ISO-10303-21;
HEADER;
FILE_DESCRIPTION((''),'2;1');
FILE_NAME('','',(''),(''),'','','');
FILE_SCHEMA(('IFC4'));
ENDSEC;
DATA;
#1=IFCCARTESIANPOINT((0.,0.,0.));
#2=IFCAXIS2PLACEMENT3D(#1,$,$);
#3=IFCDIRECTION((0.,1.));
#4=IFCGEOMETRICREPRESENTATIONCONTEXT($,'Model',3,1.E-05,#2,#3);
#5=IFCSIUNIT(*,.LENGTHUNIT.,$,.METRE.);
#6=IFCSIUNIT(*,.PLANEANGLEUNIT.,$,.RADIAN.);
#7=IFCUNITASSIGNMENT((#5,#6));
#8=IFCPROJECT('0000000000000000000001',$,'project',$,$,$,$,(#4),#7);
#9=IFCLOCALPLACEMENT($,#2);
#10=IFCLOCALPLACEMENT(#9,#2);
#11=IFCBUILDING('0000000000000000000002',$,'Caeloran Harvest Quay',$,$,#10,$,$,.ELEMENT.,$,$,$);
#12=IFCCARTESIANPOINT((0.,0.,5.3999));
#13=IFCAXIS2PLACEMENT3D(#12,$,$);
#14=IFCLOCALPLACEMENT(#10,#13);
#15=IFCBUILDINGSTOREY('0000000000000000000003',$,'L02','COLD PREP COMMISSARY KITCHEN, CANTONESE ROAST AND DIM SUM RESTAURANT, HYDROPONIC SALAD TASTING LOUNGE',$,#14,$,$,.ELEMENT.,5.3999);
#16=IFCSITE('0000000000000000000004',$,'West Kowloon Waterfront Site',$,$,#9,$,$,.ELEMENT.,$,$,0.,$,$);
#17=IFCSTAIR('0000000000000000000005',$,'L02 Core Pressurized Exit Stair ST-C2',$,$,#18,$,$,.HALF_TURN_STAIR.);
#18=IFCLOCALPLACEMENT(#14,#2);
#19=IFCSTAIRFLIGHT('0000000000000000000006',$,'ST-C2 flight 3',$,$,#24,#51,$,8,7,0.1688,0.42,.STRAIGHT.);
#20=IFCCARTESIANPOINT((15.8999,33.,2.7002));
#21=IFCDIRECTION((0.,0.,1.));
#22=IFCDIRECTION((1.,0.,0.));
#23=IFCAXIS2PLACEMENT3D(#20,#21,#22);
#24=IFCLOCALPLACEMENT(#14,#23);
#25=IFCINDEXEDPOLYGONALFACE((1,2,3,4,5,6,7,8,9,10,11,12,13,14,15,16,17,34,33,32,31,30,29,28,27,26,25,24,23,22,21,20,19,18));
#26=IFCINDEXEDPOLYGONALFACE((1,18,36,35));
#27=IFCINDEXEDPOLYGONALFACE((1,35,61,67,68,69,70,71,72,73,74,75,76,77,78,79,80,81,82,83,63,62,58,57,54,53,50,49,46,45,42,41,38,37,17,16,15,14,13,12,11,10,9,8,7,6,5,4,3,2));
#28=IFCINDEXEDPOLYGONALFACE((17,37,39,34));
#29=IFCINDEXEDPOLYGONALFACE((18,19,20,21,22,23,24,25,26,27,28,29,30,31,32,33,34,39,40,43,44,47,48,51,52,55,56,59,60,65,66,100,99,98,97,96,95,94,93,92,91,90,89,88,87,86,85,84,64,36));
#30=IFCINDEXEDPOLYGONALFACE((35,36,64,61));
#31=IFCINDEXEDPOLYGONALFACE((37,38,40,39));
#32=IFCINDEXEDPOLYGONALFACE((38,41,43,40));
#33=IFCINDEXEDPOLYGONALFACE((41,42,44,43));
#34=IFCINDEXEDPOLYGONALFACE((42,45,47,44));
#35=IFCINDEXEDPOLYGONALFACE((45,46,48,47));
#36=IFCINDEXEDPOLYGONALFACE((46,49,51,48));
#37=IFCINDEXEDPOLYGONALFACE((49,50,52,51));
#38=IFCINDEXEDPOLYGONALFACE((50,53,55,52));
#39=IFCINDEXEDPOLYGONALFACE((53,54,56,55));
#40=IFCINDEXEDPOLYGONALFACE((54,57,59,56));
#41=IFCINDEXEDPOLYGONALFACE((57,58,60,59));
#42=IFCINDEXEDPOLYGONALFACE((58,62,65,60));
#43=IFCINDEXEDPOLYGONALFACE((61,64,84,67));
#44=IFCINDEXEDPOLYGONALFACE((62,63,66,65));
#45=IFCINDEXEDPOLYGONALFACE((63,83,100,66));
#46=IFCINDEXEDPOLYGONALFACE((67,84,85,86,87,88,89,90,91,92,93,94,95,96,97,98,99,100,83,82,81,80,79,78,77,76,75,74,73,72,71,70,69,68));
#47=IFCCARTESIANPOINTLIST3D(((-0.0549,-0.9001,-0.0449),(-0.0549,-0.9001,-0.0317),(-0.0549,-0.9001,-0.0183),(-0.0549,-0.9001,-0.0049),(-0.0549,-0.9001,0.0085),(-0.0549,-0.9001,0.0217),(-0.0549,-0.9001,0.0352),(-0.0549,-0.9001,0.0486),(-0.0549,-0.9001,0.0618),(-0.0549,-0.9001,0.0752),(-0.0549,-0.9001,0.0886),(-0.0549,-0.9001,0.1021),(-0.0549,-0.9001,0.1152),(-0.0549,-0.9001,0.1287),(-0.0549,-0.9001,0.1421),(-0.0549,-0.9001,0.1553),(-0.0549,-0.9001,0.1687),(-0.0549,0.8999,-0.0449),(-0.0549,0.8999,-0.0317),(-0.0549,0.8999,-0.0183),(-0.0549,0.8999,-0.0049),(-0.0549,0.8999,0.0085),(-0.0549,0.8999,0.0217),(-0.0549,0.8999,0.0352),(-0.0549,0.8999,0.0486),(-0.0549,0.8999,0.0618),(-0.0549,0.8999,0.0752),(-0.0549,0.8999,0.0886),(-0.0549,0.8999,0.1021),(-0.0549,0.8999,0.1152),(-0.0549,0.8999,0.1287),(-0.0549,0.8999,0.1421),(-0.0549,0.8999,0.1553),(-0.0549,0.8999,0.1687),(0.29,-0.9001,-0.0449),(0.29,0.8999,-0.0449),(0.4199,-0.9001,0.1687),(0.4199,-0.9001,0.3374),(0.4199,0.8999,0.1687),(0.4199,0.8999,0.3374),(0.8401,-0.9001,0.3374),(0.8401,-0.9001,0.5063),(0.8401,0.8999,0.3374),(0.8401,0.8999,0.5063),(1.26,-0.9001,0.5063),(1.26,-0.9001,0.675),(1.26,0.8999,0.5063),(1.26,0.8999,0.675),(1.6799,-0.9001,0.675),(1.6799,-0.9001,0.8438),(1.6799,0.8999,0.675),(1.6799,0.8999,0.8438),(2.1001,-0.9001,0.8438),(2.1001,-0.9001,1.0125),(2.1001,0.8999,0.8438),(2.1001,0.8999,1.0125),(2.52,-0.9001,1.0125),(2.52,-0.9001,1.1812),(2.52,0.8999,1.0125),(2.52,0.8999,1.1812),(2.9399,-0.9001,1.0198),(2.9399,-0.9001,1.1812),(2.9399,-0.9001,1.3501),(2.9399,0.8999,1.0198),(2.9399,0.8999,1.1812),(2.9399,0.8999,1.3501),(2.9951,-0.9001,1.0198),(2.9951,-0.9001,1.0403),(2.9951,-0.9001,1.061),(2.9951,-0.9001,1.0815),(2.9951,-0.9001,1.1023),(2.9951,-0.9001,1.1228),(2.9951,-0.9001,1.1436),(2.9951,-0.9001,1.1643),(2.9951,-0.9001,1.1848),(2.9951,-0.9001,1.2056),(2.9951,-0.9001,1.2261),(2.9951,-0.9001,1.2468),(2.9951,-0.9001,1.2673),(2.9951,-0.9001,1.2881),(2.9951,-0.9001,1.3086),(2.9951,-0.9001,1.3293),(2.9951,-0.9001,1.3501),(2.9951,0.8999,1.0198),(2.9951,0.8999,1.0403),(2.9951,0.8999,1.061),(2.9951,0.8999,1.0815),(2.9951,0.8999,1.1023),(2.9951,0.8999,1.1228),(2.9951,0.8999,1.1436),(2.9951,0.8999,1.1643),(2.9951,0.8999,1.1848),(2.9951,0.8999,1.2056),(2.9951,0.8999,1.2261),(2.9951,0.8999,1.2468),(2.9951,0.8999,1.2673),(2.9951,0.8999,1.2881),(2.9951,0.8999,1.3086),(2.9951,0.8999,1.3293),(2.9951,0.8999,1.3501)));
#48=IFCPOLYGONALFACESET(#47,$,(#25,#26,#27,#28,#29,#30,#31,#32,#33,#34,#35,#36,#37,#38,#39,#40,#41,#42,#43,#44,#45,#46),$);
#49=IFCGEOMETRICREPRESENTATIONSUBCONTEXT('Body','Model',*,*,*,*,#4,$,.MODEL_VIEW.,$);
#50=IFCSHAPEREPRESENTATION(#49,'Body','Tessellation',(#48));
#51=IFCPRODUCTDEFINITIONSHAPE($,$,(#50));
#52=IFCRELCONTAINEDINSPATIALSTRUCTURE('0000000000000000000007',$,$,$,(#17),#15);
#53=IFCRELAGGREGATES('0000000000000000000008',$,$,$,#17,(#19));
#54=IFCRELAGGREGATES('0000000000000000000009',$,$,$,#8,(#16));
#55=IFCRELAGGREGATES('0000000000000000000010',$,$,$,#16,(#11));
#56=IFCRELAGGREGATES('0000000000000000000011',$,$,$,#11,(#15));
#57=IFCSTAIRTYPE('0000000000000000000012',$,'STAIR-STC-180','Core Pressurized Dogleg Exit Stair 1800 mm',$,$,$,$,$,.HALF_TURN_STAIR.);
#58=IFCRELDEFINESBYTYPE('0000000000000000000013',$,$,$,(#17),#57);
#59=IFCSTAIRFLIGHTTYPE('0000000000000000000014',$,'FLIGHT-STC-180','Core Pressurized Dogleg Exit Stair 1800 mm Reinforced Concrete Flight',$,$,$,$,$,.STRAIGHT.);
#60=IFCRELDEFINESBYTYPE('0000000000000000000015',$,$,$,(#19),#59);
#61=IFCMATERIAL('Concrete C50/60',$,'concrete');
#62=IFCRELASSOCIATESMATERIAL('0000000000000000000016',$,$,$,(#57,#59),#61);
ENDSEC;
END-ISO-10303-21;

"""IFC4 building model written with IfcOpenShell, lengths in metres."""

from ifc_helpers import new_model, si_unit, direction, frame, origin, place, context, subcontext, project, spatial, polyline, outline, extrude, material, type_object, element, aggregate, save


model = new_model("IFC4")

# Units and contexts
model_context = context("Model", 3, precision=1e-05, world=origin(), true_north=direction((0.0, 1.0)))
body_context = subcontext(model_context, "Body", "Model", "MODEL_VIEW")
ifc_project = project(units=[si_unit("LENGTHUNIT", "METRE"), si_unit("PLANEANGLEUNIT", "RADIAN")], contexts=[model_context])

# Site, building, storey
site_placement = place(None, origin())
site = spatial("IfcSite", under=ifc_project, at=site_placement, Name="West Kowloon Waterfront Site", CompositionType="ELEMENT", RefElevation=0.0)
building_placement = place(site_placement, origin())
building = spatial("IfcBuilding", under=site, at=building_placement, Name="Caeloran Harvest Quay", CompositionType="ELEMENT")
storey_placement = place(building_placement, frame((0.0, 0.0, 5.3999)))
storey = spatial("IfcBuildingStorey", under=building, at=storey_placement, Name="L02", Description="COLD PREP COMMISSARY KITCHEN, CANTONESE ROAST AND DIM SUM RESTAURANT, HYDROPONIC SALAD TASTING LOUNGE", CompositionType="ELEMENT", Elevation=5.3999)

# Shared definitions
ifc_material_1 = material(Name="Concrete C50/60", Category="concrete")

# Stair, stair flight
stair_type = type_object("IfcStairType", Name="STAIR-STC-180", Description="Core Pressurized Dogleg Exit Stair 1800 mm", PredefinedType="HALF_TURN_STAIR", material=ifc_material_1)
stair_placement = place(storey_placement, origin())
stair = element("IfcStair", 1, at=stair_placement, inside=storey, type_object=stair_type, Name="L02 Core Pressurized Exit Stair ST-C2", PredefinedType="HALF_TURN_STAIR")
stair_flight_type = type_object("IfcStairFlightType", Name="FLIGHT-STC-180", Description="Core Pressurized Dogleg Exit Stair 1800 mm Reinforced Concrete Flight", PredefinedType="STRAIGHT", material=ifc_material_1)
stair_flight_1_placement = place(storey_placement, frame((15.8999, 33.0, 2.7002), z_axis=(0.0, 0.0, 1.0), x_axis=(1.0, 0.0, 0.0)))
stair_flight_1 = element("IfcStairFlight", 2, at=stair_flight_1_placement, type_object=stair_flight_type, Name="ST-C2 flight 3", NumberOfRisers=8, NumberOfTreads=7, PredefinedType="STRAIGHT", RiserHeight=0.1688, TreadLength=0.42, context=body_context, shape_type="SweptSolid", body=[
    extrude(outline(polyline([(-0.0549, -0.0449), (-0.0549, -0.0317), (-0.0549, -0.0183), (-0.0549, -0.0049), (-0.0549, 0.0085), (-0.0549, 0.0217), (-0.0549, 0.0352), (-0.0549, 0.0486), (-0.0549, 0.0618), (-0.0549, 0.0752), (-0.0549, 0.0886), (-0.0549, 0.1021), (-0.0549, 0.1152), (-0.0549, 0.1287), (-0.0549, 0.1421), (-0.0549, 0.1553), (-0.0549, 0.1687), (0.4199, 0.1687), (0.4199, 0.3374), (0.8401, 0.3374), (0.8401, 0.5063), (1.26, 0.5063), (1.26, 0.675), (1.6799, 0.675), (1.6799, 0.8438), (2.1001, 0.8438), (2.1001, 1.0125), (2.52, 1.0125), (2.52, 1.1812), (2.9399, 1.1812), (2.9399, 1.3501), (2.9951, 1.3501), (2.9951, 1.3293), (2.9951, 1.3086), (2.9951, 1.2881), (2.9951, 1.2673), (2.9951, 1.2468), (2.9951, 1.2261), (2.9951, 1.2056), (2.9951, 1.1848), (2.9951, 1.1643), (2.9951, 1.1436), (2.9951, 1.1228), (2.9951, 1.1023), (2.9951, 1.0815), (2.9951, 1.061), (2.9951, 1.0403), (2.9951, 1.0198), (2.9399, 1.0198), (0.29, -0.0449), (-0.0549, -0.0449)])), frame((0.0, 0.8999, 0.0), z_axis=(0.0, -1.0, 0.0), x_axis=(1.0, 0.0, 0.0)), (0.0, 0.0, 1.0), 1.8),
])
aggregate(stair, [stair_flight_1])

save(model, "model.ifc")
